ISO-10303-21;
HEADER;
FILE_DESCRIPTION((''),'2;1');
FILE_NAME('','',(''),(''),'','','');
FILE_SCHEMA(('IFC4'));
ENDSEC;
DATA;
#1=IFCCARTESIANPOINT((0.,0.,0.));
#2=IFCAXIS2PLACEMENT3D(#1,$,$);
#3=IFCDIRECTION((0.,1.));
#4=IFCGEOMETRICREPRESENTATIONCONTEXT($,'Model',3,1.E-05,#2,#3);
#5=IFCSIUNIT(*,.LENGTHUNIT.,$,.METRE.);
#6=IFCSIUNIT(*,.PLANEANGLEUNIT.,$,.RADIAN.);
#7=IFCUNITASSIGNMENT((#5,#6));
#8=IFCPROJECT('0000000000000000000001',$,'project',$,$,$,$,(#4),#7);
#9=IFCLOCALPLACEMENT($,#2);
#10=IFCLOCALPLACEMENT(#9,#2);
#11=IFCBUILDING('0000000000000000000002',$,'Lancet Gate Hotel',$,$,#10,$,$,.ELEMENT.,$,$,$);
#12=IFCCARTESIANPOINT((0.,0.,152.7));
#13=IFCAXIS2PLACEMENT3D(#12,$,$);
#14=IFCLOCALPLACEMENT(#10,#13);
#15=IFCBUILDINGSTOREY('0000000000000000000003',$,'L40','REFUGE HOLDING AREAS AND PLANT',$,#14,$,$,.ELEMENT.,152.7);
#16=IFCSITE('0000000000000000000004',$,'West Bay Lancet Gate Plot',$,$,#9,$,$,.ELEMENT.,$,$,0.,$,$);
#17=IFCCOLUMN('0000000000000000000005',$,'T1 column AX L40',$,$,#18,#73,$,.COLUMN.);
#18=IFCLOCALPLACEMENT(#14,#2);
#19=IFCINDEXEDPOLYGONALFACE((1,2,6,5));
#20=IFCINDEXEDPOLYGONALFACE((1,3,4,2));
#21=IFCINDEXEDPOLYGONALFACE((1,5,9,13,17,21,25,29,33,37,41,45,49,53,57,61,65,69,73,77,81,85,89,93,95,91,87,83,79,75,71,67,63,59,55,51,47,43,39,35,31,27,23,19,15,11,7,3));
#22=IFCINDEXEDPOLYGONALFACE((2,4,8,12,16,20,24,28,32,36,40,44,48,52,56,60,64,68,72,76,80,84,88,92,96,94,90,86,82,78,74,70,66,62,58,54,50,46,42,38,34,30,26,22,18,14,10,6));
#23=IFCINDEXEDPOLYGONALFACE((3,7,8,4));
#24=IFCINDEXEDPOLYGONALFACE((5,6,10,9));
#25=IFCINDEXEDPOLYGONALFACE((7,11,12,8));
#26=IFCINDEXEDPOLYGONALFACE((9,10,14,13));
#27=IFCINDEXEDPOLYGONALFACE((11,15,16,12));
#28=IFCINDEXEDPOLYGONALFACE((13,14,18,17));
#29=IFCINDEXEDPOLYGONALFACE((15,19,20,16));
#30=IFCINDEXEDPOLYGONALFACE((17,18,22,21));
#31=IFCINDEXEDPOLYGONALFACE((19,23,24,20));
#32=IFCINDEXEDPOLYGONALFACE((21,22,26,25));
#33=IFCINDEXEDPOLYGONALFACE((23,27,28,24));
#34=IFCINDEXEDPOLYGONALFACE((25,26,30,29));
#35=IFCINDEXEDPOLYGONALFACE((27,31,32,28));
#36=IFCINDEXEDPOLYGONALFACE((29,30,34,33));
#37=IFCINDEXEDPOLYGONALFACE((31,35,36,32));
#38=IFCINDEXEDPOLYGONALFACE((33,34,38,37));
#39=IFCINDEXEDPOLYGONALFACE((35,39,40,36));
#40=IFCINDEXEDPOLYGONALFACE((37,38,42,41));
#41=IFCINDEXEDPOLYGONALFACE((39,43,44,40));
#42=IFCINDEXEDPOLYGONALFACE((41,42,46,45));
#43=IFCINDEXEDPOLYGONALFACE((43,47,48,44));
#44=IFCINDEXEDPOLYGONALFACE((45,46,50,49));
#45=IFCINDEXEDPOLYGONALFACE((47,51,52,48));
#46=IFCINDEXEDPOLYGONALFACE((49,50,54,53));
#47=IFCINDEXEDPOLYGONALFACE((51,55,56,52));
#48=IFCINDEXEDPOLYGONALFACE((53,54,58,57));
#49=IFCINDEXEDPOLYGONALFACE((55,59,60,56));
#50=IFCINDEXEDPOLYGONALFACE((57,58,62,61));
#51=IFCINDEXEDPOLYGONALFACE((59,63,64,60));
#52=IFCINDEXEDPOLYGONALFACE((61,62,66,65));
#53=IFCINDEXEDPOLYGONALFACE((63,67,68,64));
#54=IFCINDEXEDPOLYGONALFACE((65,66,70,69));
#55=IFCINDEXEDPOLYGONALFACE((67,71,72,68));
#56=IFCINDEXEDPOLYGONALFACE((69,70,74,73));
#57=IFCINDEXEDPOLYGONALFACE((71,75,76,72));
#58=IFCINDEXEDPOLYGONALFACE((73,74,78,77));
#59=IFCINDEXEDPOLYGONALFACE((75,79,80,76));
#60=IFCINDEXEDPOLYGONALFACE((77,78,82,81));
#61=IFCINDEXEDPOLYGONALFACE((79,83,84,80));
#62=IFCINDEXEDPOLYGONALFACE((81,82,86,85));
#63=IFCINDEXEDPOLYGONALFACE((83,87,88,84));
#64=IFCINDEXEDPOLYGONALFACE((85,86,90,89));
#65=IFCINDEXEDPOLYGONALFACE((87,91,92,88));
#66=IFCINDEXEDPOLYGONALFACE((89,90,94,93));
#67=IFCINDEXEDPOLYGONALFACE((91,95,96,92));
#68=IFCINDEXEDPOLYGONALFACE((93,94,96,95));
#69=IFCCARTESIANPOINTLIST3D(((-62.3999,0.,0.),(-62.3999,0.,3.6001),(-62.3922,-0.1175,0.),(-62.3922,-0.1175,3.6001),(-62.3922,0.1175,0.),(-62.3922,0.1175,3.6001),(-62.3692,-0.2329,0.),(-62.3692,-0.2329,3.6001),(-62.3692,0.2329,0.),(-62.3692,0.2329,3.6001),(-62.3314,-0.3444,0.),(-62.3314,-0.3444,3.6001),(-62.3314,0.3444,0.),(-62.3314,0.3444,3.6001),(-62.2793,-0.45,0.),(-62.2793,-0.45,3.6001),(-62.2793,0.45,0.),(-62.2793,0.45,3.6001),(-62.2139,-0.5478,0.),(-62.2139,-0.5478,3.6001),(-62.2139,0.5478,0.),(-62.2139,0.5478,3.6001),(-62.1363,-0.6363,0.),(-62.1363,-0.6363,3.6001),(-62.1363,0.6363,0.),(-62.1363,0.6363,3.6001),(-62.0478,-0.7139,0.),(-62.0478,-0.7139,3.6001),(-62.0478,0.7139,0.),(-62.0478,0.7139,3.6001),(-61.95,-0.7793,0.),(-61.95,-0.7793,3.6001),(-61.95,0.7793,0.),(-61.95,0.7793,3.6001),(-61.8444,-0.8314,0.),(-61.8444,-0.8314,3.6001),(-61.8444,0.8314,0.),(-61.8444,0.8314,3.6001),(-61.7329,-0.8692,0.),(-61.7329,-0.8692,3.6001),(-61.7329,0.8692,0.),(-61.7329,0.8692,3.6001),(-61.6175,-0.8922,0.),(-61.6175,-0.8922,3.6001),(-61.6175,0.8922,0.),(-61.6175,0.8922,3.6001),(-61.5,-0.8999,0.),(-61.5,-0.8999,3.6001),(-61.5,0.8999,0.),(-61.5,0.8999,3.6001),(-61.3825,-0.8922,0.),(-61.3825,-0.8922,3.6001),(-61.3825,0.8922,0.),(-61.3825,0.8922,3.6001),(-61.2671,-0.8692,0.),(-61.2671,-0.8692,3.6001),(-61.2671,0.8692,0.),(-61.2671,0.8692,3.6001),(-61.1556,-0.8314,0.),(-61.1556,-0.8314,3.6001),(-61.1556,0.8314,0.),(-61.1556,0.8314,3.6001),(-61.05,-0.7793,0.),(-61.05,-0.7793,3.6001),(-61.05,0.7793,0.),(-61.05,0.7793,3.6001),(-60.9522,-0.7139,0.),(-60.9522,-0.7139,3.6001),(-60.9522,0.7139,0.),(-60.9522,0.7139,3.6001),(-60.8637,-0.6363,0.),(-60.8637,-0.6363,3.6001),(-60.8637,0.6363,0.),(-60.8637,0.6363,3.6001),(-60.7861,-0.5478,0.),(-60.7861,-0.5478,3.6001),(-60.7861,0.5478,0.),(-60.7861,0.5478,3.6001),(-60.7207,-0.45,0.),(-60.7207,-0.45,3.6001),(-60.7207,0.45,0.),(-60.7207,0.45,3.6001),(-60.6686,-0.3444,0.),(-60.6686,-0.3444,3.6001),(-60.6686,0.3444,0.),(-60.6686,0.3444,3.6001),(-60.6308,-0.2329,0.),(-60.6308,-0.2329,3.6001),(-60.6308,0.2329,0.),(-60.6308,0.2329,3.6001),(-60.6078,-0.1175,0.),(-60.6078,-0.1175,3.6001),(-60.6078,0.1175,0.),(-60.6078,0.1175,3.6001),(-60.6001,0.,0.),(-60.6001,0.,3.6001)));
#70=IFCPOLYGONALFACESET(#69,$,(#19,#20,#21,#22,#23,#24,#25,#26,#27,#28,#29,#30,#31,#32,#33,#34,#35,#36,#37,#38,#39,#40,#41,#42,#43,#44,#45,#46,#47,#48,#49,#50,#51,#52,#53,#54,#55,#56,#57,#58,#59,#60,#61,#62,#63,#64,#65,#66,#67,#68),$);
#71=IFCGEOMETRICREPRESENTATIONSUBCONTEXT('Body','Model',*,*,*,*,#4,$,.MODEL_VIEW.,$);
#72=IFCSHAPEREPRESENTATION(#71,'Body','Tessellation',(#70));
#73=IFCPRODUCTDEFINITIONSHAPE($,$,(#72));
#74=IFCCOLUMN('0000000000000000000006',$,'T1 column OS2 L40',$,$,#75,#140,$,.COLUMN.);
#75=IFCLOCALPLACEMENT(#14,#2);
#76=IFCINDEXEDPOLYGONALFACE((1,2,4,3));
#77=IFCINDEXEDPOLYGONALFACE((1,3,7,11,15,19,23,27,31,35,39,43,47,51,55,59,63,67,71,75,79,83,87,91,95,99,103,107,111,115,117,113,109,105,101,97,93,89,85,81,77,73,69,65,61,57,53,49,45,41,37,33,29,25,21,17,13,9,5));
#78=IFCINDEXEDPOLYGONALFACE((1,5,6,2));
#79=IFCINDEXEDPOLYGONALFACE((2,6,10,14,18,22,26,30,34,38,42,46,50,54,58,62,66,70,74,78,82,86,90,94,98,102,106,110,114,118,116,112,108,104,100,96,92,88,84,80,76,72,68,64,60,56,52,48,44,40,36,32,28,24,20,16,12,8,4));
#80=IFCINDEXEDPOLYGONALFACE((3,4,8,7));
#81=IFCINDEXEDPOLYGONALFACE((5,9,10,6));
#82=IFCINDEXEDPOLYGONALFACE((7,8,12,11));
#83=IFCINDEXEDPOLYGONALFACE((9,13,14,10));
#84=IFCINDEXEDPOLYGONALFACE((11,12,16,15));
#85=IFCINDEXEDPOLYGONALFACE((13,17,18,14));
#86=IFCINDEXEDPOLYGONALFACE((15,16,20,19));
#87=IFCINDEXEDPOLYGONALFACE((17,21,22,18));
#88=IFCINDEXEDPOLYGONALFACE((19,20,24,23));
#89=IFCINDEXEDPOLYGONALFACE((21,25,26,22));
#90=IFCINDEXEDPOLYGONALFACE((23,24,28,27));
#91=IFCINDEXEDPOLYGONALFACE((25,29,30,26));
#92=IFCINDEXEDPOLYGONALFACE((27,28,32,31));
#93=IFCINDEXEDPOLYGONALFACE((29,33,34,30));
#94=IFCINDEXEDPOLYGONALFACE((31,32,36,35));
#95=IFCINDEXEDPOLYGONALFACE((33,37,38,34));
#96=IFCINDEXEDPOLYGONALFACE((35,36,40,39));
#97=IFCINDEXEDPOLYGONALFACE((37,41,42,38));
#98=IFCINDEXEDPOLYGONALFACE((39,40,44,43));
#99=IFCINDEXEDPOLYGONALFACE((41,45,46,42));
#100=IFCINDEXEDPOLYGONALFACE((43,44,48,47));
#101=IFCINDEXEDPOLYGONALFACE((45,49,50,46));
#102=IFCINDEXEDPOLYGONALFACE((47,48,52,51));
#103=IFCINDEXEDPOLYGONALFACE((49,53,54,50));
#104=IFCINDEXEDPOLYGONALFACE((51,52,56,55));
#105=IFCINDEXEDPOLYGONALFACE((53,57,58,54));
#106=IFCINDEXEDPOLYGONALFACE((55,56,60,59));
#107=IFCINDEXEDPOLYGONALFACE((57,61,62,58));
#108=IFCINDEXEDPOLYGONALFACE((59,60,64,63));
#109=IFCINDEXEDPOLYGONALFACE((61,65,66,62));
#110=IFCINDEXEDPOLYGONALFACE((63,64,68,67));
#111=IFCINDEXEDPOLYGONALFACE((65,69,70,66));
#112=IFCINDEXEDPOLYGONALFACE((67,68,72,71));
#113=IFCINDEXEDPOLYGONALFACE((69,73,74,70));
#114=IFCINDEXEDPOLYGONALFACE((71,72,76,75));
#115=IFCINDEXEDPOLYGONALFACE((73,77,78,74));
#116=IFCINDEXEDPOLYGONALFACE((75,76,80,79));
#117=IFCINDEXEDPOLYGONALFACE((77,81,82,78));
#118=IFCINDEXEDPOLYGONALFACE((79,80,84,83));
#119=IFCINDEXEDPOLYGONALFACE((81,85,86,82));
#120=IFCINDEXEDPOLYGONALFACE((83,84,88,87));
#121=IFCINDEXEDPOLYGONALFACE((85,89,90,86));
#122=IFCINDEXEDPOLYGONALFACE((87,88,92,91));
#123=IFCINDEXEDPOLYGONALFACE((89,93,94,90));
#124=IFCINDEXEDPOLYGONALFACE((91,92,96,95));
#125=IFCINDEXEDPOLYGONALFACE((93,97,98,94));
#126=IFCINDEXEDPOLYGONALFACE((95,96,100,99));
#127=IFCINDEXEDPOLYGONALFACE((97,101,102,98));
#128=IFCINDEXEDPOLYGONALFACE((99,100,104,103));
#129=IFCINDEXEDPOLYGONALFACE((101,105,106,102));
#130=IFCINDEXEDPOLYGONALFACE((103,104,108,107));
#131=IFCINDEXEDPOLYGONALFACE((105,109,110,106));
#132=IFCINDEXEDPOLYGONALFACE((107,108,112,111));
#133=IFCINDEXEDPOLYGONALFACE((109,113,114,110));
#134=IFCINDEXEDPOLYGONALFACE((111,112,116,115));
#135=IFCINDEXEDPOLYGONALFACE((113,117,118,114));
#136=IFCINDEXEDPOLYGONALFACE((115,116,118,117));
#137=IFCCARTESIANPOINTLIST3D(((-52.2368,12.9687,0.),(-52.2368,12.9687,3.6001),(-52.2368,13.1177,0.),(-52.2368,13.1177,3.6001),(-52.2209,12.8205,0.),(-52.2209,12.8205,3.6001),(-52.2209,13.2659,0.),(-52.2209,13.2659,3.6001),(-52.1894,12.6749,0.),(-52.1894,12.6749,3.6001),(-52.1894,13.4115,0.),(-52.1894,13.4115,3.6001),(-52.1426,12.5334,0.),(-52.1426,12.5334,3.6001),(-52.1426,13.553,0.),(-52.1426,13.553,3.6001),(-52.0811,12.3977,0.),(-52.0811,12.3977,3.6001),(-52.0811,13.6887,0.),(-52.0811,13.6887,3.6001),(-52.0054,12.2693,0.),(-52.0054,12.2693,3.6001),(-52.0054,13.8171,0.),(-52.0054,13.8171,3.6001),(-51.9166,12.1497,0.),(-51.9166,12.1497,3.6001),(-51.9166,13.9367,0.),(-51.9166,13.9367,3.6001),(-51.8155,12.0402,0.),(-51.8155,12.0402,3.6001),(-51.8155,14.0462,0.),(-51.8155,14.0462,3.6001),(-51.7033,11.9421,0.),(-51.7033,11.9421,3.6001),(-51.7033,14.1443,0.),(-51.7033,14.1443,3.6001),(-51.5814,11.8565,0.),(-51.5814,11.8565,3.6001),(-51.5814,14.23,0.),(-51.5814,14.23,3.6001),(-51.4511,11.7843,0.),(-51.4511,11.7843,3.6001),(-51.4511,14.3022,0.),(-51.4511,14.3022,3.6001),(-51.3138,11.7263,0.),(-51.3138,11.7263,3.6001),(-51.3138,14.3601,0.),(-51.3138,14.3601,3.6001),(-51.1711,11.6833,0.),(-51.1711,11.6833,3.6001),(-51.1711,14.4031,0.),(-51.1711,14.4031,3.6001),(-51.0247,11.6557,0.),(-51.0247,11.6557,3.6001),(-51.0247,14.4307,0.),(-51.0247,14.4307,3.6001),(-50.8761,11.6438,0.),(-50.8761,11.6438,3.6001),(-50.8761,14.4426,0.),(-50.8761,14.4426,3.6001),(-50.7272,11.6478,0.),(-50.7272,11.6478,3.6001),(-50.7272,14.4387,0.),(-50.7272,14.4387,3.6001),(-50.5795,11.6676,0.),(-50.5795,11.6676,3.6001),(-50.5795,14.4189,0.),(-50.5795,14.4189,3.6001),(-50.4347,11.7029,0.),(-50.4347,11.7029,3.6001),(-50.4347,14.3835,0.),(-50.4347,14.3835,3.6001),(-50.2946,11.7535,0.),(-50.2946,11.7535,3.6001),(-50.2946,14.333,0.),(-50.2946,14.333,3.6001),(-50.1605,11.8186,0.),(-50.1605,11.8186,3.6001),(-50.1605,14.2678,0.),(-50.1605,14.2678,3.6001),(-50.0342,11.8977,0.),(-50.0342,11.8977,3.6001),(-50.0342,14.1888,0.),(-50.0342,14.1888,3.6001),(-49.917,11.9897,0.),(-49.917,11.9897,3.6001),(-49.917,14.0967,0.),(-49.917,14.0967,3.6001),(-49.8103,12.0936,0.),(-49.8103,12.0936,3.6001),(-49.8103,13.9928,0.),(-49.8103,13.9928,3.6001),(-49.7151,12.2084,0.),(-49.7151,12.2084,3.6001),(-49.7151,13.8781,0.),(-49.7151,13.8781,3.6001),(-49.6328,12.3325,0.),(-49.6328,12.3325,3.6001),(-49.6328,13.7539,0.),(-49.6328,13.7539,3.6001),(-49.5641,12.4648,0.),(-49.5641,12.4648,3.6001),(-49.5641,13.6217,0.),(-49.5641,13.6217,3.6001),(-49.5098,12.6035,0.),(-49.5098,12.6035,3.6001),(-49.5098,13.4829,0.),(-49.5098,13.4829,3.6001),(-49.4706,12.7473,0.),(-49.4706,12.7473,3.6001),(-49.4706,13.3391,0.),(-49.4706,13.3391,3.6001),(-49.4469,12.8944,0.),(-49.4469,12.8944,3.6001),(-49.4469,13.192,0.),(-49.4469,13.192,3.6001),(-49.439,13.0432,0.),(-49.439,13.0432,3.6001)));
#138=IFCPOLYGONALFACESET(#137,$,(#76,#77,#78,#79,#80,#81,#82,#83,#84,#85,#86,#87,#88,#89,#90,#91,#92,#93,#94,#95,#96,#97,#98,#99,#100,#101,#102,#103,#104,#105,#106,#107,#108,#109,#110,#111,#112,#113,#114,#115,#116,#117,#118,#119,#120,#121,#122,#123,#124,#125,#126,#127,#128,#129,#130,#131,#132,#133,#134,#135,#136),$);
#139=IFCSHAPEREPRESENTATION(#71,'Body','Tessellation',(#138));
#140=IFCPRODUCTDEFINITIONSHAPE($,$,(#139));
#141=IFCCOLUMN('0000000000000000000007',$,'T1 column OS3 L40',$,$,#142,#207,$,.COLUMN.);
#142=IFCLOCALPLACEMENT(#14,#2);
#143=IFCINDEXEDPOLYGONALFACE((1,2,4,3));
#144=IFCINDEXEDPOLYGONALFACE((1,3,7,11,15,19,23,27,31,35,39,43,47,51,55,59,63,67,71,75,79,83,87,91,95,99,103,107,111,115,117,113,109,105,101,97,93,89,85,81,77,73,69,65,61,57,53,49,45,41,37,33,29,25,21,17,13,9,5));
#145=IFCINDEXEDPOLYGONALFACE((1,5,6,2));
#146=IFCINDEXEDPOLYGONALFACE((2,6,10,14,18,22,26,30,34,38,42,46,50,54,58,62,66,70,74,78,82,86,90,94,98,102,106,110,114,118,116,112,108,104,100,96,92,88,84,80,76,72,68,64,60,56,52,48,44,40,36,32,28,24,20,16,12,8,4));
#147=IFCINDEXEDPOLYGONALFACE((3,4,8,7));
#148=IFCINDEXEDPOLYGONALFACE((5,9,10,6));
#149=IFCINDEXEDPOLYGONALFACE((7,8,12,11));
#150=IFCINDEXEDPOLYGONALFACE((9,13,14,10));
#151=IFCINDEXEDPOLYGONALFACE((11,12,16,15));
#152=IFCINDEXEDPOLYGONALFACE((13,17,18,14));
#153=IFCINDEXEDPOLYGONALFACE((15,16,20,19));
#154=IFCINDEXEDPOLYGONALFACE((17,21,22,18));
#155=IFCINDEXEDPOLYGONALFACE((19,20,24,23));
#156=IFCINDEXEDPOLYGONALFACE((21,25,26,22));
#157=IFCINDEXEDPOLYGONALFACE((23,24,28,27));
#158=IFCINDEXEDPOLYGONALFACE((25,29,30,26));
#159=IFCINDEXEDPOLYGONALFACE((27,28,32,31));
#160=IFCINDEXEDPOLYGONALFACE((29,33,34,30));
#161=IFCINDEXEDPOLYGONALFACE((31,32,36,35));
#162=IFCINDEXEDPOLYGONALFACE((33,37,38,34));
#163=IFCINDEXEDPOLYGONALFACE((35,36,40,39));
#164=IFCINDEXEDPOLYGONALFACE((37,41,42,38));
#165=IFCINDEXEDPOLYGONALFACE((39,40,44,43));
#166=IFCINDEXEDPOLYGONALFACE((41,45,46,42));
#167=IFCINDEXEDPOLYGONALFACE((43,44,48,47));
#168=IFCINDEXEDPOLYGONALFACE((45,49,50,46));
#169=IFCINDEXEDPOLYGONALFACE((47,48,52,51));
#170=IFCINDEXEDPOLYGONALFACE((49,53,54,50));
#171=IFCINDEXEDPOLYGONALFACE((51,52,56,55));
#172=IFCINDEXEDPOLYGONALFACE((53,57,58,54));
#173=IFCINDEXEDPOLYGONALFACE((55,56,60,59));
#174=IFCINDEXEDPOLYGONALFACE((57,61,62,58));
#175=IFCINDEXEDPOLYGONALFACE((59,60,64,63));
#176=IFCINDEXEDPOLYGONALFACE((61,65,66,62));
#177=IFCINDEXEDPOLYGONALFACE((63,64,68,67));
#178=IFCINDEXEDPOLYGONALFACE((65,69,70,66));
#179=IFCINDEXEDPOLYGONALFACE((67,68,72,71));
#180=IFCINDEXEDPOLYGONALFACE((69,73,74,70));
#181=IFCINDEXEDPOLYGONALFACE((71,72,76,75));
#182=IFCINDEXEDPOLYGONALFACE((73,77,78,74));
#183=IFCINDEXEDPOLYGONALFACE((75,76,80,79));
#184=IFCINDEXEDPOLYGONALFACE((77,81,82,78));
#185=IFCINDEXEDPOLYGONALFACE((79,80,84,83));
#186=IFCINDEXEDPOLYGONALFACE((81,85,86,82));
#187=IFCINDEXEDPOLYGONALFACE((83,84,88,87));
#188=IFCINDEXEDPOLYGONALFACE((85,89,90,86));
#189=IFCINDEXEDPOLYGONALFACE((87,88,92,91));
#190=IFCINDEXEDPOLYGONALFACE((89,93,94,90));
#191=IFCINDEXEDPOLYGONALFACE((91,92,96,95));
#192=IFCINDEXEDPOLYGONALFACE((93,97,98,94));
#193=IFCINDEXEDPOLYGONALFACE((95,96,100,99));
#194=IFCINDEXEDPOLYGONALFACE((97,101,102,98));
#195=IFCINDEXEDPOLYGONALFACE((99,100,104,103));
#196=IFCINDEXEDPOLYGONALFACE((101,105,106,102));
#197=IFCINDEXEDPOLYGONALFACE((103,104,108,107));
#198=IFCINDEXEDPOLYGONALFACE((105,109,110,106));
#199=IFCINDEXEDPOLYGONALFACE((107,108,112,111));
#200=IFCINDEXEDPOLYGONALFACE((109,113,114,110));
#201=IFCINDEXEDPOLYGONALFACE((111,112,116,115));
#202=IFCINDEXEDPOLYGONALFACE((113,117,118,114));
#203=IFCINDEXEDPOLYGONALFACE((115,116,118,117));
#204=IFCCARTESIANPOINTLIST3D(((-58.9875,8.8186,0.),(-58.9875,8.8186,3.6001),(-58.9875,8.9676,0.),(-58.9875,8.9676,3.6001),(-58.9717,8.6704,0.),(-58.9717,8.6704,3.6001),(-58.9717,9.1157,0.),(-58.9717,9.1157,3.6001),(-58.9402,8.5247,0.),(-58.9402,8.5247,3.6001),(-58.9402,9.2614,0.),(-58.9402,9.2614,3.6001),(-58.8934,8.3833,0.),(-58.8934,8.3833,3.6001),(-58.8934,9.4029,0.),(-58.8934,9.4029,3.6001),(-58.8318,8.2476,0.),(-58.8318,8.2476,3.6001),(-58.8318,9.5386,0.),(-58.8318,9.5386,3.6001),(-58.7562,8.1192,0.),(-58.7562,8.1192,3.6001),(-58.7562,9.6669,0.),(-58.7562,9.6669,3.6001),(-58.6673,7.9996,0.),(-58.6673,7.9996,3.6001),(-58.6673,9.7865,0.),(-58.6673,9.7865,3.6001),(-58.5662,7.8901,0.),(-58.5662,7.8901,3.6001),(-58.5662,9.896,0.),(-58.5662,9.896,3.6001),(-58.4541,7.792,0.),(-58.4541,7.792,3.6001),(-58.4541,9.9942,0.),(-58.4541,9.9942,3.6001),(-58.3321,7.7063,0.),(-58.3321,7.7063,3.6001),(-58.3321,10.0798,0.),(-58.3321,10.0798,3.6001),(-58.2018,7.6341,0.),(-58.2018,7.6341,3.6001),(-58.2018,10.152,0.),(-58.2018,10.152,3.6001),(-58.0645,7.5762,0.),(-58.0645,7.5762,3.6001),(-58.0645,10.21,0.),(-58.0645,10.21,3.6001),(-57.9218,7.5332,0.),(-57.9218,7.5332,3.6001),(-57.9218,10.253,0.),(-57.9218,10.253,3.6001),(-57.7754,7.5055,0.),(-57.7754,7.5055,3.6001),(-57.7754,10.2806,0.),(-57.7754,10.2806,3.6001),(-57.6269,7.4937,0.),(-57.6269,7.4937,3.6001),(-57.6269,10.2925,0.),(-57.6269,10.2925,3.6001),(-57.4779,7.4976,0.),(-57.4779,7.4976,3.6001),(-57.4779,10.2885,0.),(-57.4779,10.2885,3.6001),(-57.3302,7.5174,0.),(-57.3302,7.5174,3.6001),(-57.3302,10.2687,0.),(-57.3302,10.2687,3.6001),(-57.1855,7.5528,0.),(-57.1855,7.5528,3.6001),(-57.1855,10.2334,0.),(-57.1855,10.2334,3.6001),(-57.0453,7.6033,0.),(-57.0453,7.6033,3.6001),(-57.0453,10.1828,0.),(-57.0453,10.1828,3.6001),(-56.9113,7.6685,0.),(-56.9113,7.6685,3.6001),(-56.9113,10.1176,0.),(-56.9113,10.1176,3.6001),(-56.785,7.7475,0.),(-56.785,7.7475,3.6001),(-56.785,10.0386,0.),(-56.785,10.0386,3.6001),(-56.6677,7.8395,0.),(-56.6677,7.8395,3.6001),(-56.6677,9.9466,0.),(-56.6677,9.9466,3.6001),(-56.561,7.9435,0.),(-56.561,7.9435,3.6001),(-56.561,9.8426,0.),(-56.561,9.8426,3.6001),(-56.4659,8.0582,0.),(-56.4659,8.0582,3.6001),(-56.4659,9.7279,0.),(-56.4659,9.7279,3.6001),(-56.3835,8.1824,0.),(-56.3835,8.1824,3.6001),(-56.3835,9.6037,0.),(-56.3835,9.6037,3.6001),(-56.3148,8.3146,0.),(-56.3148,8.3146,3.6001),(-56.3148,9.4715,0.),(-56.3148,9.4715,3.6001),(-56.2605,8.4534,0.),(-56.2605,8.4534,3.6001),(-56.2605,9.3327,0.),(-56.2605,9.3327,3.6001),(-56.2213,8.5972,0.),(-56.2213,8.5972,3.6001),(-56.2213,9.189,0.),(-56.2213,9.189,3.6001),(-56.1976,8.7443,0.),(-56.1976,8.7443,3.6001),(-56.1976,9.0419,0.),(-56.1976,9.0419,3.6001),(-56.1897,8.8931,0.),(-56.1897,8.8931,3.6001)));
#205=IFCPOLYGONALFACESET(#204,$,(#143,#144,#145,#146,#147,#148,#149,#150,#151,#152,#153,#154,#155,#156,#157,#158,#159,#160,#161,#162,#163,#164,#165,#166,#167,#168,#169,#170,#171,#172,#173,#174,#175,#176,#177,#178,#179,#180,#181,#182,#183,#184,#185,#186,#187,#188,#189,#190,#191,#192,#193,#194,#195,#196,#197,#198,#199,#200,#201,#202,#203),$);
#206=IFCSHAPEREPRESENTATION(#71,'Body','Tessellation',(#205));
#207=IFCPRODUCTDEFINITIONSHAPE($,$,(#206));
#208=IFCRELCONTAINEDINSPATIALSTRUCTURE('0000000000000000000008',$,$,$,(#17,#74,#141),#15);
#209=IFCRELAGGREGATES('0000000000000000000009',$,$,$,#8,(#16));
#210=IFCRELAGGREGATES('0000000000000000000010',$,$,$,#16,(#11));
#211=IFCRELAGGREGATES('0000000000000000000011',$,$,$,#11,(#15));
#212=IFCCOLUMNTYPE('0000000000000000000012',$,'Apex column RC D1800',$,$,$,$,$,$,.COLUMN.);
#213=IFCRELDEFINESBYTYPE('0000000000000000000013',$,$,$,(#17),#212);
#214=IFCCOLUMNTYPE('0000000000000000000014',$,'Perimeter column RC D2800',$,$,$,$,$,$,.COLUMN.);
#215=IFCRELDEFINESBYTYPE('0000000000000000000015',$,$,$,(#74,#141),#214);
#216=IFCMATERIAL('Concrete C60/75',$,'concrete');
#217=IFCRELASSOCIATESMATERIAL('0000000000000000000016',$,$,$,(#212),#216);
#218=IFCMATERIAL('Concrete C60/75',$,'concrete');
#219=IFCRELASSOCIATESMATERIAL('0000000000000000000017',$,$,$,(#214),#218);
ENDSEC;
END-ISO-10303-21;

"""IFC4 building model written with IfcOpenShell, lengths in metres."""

from ifc_helpers import new_model, si_unit, direction, frame, origin, origin_2d, place, context, subcontext, project, spatial, circle, extrude, material, material_profile, profile_set, type_object, element, save


model = new_model("IFC4")

# Units and contexts
model_context = context("Model", 3, precision=1e-05, world=origin(), true_north=direction((0.0, 1.0)))
body_context = subcontext(model_context, "Body", "Model", "MODEL_VIEW")
ifc_project = project(units=[si_unit("LENGTHUNIT", "METRE"), si_unit("PLANEANGLEUNIT", "RADIAN")], contexts=[model_context])

# Site, building, storey
site_placement = place(None, origin())
site = spatial("IfcSite", under=ifc_project, at=site_placement, Name="West Bay Lancet Gate Plot", CompositionType="ELEMENT", RefElevation=0.0)
building_placement = place(site_placement, origin())
building = spatial("IfcBuilding", under=site, at=building_placement, Name="Lancet Gate Hotel", CompositionType="ELEMENT")
storey_placement = place(building_placement, frame((0.0, 0.0, 152.7)))
storey = spatial("IfcBuildingStorey", under=building, at=storey_placement, Name="L40", Description="REFUGE HOLDING AREAS AND PLANT", CompositionType="ELEMENT", Elevation=152.7)

# Columns
ifc_material_1 = material(Name="Concrete C60/75", Category="concrete")
ifc_material_profile_1 = material_profile(ifc_material_1, circle(Radius=0.8999, at=origin_2d()), Name="RC D1800")
ifc_profile_set_1 = profile_set([ifc_material_profile_1], Name="Concrete C60/75")
column_type_1 = type_object("IfcColumnType", Name="Apex column RC D1800", PredefinedType="COLUMN", material=ifc_profile_set_1)
column_placement = place(storey_placement, frame((-61.5, 0.0, 0.0), z_axis=(0.0, 0.0, 1.0), x_axis=(1.0, 0.0, 0.0)))
element("IfcColumn", 1, at=column_placement, inside=storey, type_object=column_type_1, Name="T1 column AX L40", PredefinedType="COLUMN", context=body_context, shape_type="SweptSolid", body=[
    extrude(circle(Radius=0.8999, at=origin_2d()), origin(), (0.0, 0.0, 1.0), 3.6001),
])
ifc_material_2 = material(Name="Concrete C60/75", Category="concrete")
ifc_material_profile_2 = material_profile(ifc_material_2, circle(Radius=1.3999, at=origin_2d()), Name="RC D2800")
ifc_profile_set_2 = profile_set([ifc_material_profile_2], Name="Concrete C60/75")
column_type_2 = type_object("IfcColumnType", Name="Perimeter column RC D2800", PredefinedType="COLUMN", material=ifc_profile_set_2)
for number, where, z_axis, x_axis, name in (
    (2, (-50.8389, 13.0432, 0.0), (0.0, 0.0, 1.0), (1.0, 0.0, 0.0), "T1 column OS2 L40"),
    (3, (-57.5896, 8.8931, 0.0), (0.0, 0.0, 1.0), (1.0, 0.0, 0.0), "T1 column OS3 L40"),
):
    element("IfcColumn", number, at=place(storey_placement, frame(where, z_axis=z_axis, x_axis=x_axis)), inside=storey, type_object=column_type_2, Name=name, PredefinedType="COLUMN", context=body_context, shape_type="SweptSolid", body=[
        extrude(circle(Radius=1.3999, at=origin_2d()), origin(), (0.0, 0.0, 1.0), 3.6001),
    ])

save(model, "model.ifc")
